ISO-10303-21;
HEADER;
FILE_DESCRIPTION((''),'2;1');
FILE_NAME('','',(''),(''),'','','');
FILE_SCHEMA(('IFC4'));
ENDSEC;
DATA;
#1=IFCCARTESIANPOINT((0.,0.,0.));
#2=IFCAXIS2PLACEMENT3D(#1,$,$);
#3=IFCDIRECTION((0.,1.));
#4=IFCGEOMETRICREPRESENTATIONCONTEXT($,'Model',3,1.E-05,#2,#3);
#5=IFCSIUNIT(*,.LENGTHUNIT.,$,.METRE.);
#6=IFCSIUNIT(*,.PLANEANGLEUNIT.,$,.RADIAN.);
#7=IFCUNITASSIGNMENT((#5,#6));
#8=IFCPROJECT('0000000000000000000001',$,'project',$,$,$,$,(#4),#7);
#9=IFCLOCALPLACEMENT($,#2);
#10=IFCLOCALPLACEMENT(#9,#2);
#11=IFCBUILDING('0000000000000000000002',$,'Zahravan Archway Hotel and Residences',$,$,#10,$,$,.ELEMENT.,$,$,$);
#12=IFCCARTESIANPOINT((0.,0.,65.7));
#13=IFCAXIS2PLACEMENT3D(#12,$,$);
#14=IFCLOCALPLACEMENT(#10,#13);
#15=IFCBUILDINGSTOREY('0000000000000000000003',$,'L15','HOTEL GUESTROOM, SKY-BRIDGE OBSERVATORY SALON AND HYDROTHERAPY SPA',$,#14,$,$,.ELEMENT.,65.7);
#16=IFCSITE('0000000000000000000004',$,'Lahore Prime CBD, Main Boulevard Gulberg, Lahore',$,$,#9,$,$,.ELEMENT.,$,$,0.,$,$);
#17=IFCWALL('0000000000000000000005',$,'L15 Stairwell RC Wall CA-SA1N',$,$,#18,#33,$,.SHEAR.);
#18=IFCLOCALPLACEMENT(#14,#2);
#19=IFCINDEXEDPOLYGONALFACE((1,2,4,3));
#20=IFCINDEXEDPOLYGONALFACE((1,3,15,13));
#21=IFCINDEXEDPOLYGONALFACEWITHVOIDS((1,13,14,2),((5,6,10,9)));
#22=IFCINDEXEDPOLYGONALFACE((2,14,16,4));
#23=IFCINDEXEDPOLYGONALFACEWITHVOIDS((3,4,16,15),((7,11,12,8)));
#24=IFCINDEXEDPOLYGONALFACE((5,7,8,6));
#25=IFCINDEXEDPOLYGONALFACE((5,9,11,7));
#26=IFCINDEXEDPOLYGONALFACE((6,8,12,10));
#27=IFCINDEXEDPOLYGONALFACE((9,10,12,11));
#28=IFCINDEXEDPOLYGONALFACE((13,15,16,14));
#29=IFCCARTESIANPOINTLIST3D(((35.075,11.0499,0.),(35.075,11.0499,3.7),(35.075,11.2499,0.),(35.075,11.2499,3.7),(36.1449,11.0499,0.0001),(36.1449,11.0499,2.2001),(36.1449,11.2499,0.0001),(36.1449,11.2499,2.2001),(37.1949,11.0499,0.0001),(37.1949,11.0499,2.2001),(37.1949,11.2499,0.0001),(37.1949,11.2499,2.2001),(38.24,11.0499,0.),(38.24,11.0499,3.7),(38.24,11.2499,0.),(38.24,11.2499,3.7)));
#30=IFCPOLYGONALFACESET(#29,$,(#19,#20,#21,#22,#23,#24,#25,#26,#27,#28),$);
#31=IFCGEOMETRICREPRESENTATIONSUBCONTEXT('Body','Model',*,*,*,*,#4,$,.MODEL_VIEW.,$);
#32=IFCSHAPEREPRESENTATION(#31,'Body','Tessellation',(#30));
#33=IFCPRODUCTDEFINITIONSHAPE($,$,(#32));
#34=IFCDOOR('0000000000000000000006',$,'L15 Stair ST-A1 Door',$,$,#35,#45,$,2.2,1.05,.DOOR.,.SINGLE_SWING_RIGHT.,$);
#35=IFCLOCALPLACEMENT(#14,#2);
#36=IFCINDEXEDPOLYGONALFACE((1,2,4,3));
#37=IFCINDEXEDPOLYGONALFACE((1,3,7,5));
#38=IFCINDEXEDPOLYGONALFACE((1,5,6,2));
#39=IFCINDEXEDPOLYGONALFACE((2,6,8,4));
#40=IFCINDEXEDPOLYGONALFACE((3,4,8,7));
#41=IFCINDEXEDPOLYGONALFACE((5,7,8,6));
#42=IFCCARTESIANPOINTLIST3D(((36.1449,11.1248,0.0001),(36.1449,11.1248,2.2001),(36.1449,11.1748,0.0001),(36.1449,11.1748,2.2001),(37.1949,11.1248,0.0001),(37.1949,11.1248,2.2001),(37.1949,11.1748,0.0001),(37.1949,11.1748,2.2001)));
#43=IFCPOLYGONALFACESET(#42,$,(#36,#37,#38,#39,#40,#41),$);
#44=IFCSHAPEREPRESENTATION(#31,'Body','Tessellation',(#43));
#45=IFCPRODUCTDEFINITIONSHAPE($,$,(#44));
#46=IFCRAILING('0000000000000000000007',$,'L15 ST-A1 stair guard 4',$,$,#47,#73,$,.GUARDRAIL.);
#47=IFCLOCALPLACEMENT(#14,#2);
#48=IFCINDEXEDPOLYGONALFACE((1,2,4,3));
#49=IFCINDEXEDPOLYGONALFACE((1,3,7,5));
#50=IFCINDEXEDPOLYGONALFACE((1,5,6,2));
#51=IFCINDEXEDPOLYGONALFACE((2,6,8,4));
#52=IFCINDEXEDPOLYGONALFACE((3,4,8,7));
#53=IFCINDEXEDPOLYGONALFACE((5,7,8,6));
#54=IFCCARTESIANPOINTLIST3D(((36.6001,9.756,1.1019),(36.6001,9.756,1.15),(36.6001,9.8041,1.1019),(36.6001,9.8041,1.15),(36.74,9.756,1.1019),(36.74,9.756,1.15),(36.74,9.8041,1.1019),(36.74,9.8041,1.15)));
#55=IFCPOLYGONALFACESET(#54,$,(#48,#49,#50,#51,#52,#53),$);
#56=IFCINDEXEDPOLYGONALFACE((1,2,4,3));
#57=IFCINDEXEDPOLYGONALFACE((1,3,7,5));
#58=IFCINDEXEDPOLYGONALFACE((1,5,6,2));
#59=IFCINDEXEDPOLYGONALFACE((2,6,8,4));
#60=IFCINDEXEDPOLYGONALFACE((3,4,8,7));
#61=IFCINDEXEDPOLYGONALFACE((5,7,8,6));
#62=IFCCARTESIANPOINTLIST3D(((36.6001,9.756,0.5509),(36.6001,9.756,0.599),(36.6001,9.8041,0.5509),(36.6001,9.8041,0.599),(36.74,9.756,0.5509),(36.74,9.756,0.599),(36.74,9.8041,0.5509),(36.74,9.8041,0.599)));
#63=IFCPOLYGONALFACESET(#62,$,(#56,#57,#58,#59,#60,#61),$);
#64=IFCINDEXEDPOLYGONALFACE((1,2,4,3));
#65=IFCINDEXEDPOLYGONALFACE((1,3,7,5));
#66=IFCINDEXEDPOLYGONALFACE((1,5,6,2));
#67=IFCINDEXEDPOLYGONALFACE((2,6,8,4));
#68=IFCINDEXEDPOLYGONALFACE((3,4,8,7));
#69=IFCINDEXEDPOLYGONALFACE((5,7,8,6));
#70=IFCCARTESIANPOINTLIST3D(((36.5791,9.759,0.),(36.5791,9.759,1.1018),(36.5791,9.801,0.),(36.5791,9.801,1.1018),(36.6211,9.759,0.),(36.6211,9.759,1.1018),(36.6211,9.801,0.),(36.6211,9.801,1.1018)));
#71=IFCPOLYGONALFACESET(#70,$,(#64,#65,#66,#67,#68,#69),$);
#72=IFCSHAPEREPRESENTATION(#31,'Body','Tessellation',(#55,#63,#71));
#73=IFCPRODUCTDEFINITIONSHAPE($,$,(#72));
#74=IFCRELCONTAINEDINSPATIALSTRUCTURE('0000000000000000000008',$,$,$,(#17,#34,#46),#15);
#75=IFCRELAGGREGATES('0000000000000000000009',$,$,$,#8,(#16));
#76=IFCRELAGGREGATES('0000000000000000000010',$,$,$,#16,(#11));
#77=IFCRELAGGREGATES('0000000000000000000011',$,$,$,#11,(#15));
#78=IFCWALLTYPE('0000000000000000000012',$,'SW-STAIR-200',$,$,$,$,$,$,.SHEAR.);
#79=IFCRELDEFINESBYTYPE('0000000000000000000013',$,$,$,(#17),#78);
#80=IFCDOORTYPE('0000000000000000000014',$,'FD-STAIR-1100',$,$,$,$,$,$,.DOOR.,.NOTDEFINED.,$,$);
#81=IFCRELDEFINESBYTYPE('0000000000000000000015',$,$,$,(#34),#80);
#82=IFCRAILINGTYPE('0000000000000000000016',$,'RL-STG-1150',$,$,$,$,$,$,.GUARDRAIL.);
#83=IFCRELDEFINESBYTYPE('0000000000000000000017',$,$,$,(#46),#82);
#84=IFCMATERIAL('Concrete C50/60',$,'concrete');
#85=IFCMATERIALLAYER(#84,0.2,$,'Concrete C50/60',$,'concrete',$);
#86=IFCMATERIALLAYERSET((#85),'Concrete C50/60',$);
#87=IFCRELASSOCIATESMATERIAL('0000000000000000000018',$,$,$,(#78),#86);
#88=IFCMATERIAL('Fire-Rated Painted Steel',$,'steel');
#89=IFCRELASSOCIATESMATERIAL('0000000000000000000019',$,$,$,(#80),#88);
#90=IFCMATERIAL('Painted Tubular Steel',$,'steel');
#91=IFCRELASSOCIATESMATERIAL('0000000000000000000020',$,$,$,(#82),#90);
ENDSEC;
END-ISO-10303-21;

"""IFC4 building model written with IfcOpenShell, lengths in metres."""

from ifc_helpers import new_model, si_unit, direction, frame, frame_2d, origin, origin_2d, place, context, subcontext, project, spatial, rectangle, extrude, source, transform, mapped, material, layer, layer_set, type_object, type_shapes, element, fill, save


model = new_model("IFC4")

# Units and contexts
model_context = context("Model", 3, precision=1e-05, world=origin(), true_north=direction((0.0, 1.0)))
body_context = subcontext(model_context, "Body", "Model", "MODEL_VIEW")
ifc_project = project(units=[si_unit("LENGTHUNIT", "METRE"), si_unit("PLANEANGLEUNIT", "RADIAN")], contexts=[model_context])

# Site, building, storey
site_placement = place(None, origin())
site = spatial("IfcSite", under=ifc_project, at=site_placement, Name="Lahore Prime CBD, Main Boulevard Gulberg, Lahore", CompositionType="ELEMENT", RefElevation=0.0)
building_placement = place(site_placement, origin())
building = spatial("IfcBuilding", under=site, at=building_placement, Name="Zahravan Archway Hotel and Residences", CompositionType="ELEMENT")
storey_placement = place(building_placement, frame((0.0, 0.0, 65.7)))
storey = spatial("IfcBuildingStorey", under=building, at=storey_placement, Name="L15", Description="HOTEL GUESTROOM, SKY-BRIDGE OBSERVATORY SALON AND HYDROTHERAPY SPA", CompositionType="ELEMENT", Elevation=65.7)

# Shared definitions
ifc_material_1 = material(Name="Fire-Rated Painted Steel", Category="steel")

# Wall, opening, door
ifc_material_2 = material(Name="Concrete C50/60", Category="concrete")
ifc_layer_1 = layer(ifc_material_2, 0.2, Name="Concrete C50/60", Category="concrete")
ifc_layer_set_1 = layer_set([ifc_layer_1], Name="Concrete C50/60")
wall_type_1 = type_object("IfcWallType", Name="SW-STAIR-200", PredefinedType="SHEAR", material=ifc_layer_set_1)
wall_1_placement = place(storey_placement, frame((35.075, 11.1499, 0.0), z_axis=(0.0, 0.0, 1.0), x_axis=(1.0, 0.0, 0.0)))
wall_1 = element("IfcWall", 1, at=wall_1_placement, inside=storey, type_object=wall_type_1, Name="L15 Stairwell RC Wall CA-SA1N", PredefinedType="SHEAR", context=body_context, shape_type="SweptSolid", body=[
    extrude(rectangle(XDim=3.165, YDim=0.2, at=frame_2d((1.5825, 0.0))), origin(), (0.0, 0.0, 1.0), 3.7),
])
opening_1_placement = place(wall_1_placement, frame((1.0701, 0.0, 0.0)))
opening_1 = element("IfcOpeningElement", 2, at=opening_1_placement, cuts=wall_1, PredefinedType="OPENING", context=body_context, shape_type="SweptSolid", body=[
    extrude(rectangle(XDim=1.05, YDim=2.2, at=frame_2d((0.5249, 1.1001))), frame((0.0, 0.1099, 0.0), z_axis=(0.0, -1.0, 0.0), x_axis=(1.0, 0.0, 0.0)), (0.0, 0.0, 1.0), 0.22),
])
door_type_1 = type_object("IfcDoorType", Name="FD-STAIR-1100", OperationType="NOTDEFINED", PredefinedType="DOOR", material=ifc_material_1)
shared_shape_1 = source(origin(), body_context, "Body", "SweptSolid", [
    extrude(rectangle(XDim=1.05, YDim=2.2, at=frame_2d((0.5249, 1.1001))), frame((0.0, 0.0249, 0.0), z_axis=(0.0, -1.0, 0.0), x_axis=(1.0, 0.0, 0.0)), (0.0, 0.0, 1.0), 0.05),
])
type_shapes(door_type_1, [shared_shape_1])
door_1_placement = place(opening_1_placement, origin())
door_1 = element("IfcDoor", 3, at=door_1_placement, inside=storey, type_object=door_type_1, Name="L15 Stair ST-A1 Door", OperationType="SINGLE_SWING_RIGHT", OverallHeight=2.2, OverallWidth=1.05, PredefinedType="DOOR", context=body_context, shape_type="MappedRepresentation", body=[
    mapped(shared_shape_1, transform((0.0, 0.0, 0.0), scale=1.0)),
])
fill(opening_1, door_1)

# Railing
ifc_material_3 = material(Name="Painted Tubular Steel", Category="steel")
railing_type = type_object("IfcRailingType", Name="RL-STG-1150", PredefinedType="GUARDRAIL", material=ifc_material_3)
railing_placement = place(storey_placement, frame((36.6001, 9.78, 0.0)))
element("IfcRailing", 4, at=railing_placement, inside=storey, type_object=railing_type, Name="L15 ST-A1 stair guard 4", PredefinedType="GUARDRAIL", context=body_context, shape_type="SweptSolid", body=[
    extrude(rectangle(XDim=0.0481, YDim=0.0481, at=origin_2d()), frame((0.0, 0.0, 1.126), z_axis=(1.0, 0.0, 0.0), x_axis=(0.0, 1.0, 0.0)), (0.0, 0.0, 1.0), 0.1399),
    extrude(rectangle(XDim=0.0481, YDim=0.0481, at=origin_2d()), frame((0.0, 0.0, 0.575), z_axis=(1.0, 0.0, 0.0), x_axis=(0.0, 1.0, 0.0)), (0.0, 0.0, 1.0), 0.1399),
    extrude(rectangle(XDim=0.042, YDim=0.042, at=origin_2d()), origin(), (0.0, 0.0, 1.0), 1.1018),
])

save(model, "model.ifc")
